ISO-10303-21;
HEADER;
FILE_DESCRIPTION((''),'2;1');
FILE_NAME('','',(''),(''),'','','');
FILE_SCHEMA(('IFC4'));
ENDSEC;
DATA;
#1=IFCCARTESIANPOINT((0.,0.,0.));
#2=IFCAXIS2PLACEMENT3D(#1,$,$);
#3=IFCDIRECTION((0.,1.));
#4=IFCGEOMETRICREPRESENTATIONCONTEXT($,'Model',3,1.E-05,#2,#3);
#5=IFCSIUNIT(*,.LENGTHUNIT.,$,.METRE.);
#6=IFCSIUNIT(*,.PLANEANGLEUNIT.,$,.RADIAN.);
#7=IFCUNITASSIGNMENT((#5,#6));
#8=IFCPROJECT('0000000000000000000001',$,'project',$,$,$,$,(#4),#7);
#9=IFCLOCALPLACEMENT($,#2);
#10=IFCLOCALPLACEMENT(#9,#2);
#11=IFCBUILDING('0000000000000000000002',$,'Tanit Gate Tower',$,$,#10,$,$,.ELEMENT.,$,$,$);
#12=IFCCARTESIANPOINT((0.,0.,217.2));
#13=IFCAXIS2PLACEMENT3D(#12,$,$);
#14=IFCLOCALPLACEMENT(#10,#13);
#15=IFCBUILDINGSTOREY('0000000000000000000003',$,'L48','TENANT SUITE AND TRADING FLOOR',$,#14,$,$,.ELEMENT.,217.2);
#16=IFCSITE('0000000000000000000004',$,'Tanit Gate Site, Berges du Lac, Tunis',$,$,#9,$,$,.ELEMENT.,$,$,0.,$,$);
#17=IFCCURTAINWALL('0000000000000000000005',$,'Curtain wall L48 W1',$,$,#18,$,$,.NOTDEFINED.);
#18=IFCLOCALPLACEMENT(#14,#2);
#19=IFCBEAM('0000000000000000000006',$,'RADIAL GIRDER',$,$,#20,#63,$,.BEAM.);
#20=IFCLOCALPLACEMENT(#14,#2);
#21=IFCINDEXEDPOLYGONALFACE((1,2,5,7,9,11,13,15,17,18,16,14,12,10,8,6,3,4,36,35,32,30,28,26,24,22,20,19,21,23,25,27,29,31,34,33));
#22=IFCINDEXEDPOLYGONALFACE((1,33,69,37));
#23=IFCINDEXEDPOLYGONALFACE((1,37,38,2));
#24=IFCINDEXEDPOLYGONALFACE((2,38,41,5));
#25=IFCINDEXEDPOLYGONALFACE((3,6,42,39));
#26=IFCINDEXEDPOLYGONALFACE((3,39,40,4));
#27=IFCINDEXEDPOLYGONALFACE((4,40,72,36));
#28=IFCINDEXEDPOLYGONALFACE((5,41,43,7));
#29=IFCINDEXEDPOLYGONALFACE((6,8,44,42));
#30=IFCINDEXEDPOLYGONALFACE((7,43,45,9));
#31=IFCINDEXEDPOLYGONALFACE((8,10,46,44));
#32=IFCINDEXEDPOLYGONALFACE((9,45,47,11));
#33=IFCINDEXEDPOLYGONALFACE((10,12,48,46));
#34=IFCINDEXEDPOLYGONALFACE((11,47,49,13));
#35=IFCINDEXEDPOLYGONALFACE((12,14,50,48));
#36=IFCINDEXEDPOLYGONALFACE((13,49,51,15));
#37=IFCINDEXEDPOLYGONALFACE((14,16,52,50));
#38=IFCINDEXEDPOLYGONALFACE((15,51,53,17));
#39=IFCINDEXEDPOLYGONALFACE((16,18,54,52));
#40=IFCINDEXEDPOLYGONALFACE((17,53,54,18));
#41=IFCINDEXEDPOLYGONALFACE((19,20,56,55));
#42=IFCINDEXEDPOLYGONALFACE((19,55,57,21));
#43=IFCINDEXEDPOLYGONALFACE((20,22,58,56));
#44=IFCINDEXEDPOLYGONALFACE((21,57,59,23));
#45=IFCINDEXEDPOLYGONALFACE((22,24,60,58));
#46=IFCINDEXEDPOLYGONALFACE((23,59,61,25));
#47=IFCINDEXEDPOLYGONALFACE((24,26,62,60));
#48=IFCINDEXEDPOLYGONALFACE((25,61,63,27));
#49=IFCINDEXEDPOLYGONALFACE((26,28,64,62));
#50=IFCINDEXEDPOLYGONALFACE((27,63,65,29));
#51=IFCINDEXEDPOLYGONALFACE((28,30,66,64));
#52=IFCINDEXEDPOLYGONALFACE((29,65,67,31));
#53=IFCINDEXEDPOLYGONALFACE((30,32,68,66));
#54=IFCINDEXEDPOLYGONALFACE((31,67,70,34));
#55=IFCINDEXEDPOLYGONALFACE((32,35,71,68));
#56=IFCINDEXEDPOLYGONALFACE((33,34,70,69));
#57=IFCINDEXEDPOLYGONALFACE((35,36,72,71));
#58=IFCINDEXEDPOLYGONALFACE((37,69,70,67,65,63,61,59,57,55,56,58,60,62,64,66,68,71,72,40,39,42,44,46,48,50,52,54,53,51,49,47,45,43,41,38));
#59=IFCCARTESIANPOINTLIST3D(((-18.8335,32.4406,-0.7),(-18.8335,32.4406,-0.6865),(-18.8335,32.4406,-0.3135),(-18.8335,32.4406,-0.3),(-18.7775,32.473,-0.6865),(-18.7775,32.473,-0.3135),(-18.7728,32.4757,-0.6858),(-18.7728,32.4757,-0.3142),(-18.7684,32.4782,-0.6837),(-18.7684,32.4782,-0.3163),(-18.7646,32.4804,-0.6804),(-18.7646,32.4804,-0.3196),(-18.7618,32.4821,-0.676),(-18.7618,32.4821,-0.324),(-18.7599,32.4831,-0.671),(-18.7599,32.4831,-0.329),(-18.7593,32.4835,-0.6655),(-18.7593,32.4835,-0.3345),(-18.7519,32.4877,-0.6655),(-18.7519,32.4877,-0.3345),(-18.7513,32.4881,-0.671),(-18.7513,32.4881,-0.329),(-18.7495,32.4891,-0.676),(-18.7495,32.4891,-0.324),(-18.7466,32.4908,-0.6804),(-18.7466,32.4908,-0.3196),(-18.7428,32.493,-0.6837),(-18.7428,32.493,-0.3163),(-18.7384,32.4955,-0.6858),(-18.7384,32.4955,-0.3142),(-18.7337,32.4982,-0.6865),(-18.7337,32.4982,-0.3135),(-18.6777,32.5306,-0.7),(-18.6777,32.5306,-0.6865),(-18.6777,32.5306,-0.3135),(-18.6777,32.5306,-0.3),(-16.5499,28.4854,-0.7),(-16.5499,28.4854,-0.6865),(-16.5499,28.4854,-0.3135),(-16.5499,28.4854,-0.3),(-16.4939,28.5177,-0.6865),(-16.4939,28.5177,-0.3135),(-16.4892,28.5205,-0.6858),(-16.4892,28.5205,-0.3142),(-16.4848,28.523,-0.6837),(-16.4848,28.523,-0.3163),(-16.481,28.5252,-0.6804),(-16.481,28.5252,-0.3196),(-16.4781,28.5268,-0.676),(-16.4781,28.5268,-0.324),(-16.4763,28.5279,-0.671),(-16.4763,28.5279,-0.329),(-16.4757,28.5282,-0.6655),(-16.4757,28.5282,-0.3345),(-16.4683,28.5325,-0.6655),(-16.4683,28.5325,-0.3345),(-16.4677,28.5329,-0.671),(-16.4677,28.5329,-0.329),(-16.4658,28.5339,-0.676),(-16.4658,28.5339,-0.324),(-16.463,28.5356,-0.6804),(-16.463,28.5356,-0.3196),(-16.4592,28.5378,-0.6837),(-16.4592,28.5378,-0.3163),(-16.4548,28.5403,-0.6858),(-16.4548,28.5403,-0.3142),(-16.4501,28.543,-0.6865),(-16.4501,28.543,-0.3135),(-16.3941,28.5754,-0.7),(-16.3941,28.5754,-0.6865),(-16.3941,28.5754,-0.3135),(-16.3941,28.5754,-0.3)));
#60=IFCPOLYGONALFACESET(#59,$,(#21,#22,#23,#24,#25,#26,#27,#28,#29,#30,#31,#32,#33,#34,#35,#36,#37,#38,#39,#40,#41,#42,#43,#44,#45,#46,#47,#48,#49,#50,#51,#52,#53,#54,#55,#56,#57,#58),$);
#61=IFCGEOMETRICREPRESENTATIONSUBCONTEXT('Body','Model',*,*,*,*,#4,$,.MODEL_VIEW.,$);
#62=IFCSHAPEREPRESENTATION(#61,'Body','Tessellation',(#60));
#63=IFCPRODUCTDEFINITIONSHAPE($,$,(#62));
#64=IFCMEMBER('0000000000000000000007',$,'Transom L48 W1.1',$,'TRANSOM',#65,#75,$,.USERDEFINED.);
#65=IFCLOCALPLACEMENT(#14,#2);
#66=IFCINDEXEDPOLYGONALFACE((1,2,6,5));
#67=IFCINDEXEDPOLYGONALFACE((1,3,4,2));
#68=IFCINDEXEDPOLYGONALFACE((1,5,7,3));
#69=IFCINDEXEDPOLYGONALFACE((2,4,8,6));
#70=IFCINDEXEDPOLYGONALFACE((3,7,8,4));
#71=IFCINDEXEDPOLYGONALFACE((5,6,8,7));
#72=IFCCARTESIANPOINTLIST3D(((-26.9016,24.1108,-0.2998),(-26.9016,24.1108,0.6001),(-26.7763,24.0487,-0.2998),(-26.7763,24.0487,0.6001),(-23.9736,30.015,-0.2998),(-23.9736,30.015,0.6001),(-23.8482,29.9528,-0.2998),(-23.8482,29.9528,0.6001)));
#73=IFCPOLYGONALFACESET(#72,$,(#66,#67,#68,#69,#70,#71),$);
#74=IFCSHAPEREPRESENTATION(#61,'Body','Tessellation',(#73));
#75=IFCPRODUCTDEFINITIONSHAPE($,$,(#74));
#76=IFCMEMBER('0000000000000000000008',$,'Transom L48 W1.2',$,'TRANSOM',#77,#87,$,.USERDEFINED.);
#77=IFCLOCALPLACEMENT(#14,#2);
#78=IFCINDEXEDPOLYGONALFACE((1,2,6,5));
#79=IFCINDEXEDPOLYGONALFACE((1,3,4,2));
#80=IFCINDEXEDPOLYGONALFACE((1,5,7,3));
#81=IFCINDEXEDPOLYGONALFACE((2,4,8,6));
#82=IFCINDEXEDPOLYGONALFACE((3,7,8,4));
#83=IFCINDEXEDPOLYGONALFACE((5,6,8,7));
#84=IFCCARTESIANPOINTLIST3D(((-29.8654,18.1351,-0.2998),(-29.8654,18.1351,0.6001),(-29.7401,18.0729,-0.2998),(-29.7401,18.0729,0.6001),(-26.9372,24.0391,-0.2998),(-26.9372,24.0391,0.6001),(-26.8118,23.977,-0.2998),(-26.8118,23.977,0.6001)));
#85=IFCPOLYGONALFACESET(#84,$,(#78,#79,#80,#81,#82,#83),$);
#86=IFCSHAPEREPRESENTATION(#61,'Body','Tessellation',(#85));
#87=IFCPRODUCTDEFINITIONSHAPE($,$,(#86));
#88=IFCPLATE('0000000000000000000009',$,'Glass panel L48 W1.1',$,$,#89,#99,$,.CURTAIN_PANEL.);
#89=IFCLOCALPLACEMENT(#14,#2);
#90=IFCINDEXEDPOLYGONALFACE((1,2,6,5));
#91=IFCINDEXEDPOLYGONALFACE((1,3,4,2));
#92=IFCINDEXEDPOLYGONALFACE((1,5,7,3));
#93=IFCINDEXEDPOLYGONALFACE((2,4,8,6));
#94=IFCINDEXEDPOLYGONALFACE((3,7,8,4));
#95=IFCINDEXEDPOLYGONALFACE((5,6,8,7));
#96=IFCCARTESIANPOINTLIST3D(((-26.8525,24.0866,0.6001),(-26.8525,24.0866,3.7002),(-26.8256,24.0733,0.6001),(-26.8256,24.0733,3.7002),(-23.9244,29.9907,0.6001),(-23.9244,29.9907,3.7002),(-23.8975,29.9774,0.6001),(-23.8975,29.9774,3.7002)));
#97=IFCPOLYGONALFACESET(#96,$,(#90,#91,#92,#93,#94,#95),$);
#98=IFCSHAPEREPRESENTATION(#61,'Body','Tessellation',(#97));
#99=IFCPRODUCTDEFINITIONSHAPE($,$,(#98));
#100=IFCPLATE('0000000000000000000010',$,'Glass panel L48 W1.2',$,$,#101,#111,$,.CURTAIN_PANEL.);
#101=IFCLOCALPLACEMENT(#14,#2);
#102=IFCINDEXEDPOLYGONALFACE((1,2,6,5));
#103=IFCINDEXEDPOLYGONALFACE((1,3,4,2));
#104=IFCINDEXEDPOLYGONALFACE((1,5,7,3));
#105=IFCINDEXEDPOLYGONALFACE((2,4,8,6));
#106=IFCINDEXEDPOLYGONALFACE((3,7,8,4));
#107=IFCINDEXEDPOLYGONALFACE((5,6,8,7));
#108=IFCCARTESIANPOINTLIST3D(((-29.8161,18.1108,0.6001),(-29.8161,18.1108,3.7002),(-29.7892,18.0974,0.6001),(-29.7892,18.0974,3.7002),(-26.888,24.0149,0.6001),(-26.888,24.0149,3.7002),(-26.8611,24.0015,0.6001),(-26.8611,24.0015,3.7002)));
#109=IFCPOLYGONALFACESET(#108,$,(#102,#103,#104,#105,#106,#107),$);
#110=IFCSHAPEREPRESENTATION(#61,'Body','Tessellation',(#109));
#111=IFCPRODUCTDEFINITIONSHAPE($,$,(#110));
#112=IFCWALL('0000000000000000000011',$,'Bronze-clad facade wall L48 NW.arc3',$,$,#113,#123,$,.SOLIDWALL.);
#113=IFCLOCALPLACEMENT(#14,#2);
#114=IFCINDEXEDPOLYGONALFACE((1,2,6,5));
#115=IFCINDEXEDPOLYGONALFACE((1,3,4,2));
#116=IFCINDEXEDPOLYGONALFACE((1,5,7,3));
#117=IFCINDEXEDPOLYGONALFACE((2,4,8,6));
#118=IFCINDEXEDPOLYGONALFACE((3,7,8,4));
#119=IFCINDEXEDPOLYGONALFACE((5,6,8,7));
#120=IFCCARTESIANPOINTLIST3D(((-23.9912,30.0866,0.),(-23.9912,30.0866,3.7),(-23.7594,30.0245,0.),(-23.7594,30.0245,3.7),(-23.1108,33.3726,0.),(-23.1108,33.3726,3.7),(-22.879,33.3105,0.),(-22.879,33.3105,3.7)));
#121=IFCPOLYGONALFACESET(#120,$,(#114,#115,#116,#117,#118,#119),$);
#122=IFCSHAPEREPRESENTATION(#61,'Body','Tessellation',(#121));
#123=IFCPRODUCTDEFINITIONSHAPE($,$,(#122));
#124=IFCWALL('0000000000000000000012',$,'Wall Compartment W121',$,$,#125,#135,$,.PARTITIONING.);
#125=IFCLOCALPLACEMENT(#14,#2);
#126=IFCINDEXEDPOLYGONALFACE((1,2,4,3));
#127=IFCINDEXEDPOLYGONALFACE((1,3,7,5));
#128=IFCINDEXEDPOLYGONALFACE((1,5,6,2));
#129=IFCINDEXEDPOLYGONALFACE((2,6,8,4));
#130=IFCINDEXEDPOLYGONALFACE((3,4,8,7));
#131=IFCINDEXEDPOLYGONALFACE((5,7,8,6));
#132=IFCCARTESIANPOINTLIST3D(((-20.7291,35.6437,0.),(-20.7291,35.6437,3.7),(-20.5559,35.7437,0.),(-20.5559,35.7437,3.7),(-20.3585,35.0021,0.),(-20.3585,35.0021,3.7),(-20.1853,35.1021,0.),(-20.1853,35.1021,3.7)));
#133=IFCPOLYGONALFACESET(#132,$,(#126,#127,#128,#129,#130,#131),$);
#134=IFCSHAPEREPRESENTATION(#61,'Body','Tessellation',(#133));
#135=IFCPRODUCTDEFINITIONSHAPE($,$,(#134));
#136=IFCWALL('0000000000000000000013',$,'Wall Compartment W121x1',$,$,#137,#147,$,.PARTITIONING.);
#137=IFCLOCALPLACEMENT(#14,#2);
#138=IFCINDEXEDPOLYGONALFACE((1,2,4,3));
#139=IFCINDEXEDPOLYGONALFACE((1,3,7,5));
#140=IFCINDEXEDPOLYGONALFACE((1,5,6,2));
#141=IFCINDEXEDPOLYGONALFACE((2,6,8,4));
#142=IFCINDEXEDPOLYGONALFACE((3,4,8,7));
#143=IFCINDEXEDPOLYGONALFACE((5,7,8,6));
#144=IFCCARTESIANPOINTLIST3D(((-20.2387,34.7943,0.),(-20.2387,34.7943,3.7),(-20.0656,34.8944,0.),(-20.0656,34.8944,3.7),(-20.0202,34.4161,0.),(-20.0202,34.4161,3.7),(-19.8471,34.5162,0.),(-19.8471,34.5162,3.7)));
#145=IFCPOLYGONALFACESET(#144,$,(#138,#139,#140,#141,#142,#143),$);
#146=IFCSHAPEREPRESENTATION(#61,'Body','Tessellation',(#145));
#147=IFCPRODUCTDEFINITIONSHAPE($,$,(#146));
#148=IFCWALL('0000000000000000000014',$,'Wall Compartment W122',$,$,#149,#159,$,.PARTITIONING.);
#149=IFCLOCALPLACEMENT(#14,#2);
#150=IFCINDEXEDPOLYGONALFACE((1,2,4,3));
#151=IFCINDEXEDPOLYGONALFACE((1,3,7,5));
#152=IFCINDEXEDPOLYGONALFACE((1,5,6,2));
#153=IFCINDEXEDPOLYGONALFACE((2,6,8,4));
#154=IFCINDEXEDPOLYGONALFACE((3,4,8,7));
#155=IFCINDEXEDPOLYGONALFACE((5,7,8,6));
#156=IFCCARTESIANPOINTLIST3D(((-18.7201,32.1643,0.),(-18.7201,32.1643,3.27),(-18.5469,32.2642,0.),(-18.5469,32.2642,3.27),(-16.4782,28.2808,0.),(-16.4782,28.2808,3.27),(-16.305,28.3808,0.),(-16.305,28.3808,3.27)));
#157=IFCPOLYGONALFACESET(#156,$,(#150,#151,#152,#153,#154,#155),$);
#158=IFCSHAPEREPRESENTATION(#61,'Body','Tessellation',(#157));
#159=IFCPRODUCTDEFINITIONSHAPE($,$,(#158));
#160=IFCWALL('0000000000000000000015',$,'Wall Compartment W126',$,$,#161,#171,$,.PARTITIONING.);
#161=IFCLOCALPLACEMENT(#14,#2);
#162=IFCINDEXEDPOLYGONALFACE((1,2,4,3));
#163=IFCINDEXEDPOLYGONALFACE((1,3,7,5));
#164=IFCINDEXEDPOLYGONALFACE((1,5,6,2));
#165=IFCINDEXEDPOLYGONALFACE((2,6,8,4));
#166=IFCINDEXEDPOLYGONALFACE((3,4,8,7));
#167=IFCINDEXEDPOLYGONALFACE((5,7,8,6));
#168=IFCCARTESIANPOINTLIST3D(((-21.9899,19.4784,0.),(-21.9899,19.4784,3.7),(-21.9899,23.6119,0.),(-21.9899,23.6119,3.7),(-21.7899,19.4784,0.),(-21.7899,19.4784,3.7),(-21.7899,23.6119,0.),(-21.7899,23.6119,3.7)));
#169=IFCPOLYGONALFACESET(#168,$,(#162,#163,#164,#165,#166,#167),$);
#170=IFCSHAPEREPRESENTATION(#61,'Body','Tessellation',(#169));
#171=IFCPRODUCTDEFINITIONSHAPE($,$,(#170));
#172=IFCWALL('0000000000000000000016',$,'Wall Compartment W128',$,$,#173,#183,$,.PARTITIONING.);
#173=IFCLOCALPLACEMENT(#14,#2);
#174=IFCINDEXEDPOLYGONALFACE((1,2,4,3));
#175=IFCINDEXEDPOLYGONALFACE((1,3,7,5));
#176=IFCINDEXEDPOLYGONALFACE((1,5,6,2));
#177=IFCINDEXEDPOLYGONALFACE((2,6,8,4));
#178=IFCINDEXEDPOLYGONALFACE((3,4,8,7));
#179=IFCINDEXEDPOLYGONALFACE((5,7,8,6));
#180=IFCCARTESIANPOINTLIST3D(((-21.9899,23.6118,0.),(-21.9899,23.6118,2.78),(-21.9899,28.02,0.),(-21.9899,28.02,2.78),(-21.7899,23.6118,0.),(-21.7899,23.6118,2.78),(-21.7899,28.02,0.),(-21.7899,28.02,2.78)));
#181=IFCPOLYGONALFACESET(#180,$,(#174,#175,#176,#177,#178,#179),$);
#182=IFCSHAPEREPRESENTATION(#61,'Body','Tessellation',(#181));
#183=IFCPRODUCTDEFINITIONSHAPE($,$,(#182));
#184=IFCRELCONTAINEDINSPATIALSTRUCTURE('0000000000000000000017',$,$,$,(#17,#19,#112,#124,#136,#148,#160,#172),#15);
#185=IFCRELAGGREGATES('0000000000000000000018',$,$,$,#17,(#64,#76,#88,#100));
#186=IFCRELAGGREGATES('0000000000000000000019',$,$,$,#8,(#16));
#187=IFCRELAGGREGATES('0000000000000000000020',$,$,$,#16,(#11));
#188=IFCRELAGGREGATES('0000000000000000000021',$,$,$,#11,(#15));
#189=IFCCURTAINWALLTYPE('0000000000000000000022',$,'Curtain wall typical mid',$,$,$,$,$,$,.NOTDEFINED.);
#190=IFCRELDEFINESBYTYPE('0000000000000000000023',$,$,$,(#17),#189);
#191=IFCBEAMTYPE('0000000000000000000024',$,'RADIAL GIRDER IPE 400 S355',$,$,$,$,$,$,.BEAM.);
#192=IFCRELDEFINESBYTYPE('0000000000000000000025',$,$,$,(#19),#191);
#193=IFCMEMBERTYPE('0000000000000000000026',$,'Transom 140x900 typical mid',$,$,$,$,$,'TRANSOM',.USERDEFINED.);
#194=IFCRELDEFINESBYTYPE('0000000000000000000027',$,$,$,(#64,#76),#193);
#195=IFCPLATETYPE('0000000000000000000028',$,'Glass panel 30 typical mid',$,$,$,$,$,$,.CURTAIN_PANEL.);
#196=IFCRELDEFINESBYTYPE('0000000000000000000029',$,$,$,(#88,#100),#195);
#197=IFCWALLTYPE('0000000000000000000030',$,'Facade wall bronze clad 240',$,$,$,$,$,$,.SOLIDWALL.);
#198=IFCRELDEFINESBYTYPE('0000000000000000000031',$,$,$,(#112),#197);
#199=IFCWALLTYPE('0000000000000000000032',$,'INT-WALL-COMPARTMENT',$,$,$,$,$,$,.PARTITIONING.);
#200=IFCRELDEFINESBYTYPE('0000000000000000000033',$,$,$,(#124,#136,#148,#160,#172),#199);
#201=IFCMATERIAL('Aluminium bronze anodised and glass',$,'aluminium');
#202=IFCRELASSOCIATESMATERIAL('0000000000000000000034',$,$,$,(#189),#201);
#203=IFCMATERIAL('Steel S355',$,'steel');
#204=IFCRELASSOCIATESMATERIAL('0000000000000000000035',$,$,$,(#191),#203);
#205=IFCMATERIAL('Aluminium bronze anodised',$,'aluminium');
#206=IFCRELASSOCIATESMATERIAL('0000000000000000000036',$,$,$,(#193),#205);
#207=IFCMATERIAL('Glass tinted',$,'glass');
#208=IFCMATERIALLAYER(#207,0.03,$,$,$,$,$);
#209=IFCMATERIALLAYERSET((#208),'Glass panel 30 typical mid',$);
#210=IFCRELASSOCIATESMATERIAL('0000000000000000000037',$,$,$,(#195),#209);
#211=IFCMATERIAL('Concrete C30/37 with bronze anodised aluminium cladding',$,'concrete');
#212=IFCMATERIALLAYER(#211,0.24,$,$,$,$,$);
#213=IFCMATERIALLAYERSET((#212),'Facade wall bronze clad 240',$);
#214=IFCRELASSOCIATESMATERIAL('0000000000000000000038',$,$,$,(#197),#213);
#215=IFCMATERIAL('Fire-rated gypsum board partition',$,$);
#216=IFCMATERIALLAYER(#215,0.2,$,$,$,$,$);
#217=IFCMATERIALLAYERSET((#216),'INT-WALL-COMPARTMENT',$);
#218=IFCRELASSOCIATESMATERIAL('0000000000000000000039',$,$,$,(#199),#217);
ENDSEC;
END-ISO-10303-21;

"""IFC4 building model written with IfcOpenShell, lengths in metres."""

from ifc_helpers import new_model, si_unit, direction, frame, frame_2d, origin, origin_2d, place, context, subcontext, project, spatial, rectangle, i_section, extrude, material, layer, layer_set, material_profile, profile_set, type_object, element, aggregate, save


model = new_model("IFC4")

# Units and contexts
model_context = context("Model", 3, precision=1e-05, world=origin(), true_north=direction((0.0, 1.0)))
body_context = subcontext(model_context, "Body", "Model", "MODEL_VIEW")
ifc_project = project(units=[si_unit("LENGTHUNIT", "METRE"), si_unit("PLANEANGLEUNIT", "RADIAN")], contexts=[model_context])

# Site, building, storey
site_placement = place(None, origin())
site = spatial("IfcSite", under=ifc_project, at=site_placement, Name="Tanit Gate Site, Berges du Lac, Tunis", CompositionType="ELEMENT", RefElevation=0.0)
building_placement = place(site_placement, origin())
building = spatial("IfcBuilding", under=site, at=building_placement, Name="Tanit Gate Tower", CompositionType="ELEMENT")
storey_placement = place(building_placement, frame((0.0, 0.0, 217.2)))
storey = spatial("IfcBuildingStorey", under=building, at=storey_placement, Name="L48", Description="TENANT SUITE AND TRADING FLOOR", CompositionType="ELEMENT", Elevation=217.2)

# Curtain wall
ifc_material_1 = material(Name="Aluminium bronze anodised and glass", Category="aluminium")
curtain_wall_type = type_object("IfcCurtainWallType", Name="Curtain wall typical mid", PredefinedType="NOTDEFINED", material=ifc_material_1)
curtain_wall_placement = place(storey_placement, origin())
curtain_wall = element("IfcCurtainWall", 1, at=curtain_wall_placement, inside=storey, type_object=curtain_wall_type, Name="Curtain wall L48 W1", PredefinedType="NOTDEFINED")

# Beam
ifc_material_2 = material(Name="Steel S355", Category="steel")
ifc_material_profile_1 = material_profile(ifc_material_2, i_section(OverallWidth=0.1799, OverallDepth=0.3999, WebThickness=0.0085, FlangeThickness=0.0134, FilletRadius=0.021, at=origin_2d()), Name="IPE 400")
ifc_profile_set_1 = profile_set([ifc_material_profile_1], Name="Steel S355")
beam_type_1 = type_object("IfcBeamType", Name="RADIAL GIRDER IPE 400 S355", PredefinedType="BEAM", material=ifc_profile_set_1)
beam_1_placement = place(storey_placement, frame((-18.7556, 32.4856, -0.5), z_axis=(0.500014, -0.866017, 0.0), x_axis=(0.866017, 0.500014, 0.0)))
element("IfcBeam", 2, at=beam_1_placement, inside=storey, type_object=beam_type_1, Name="RADIAL GIRDER", PredefinedType="BEAM", context=body_context, shape_type="SweptSolid", body=[
    extrude(i_section(OverallWidth=0.1799, OverallDepth=0.3999, WebThickness=0.0085, FlangeThickness=0.0134, FilletRadius=0.021, at=origin_2d()), origin(), (0.0, 0.0, 1.0), 4.5671),
])

# Members
ifc_material_3 = material(Name="Aluminium bronze anodised", Category="aluminium")
ifc_material_profile_2 = material_profile(ifc_material_3, rectangle(XDim=0.1399, YDim=0.8999, at=origin_2d()), Name="140x900 bronze transom")
ifc_profile_set_2 = profile_set([ifc_material_profile_2], Name="Aluminium bronze anodised")
member_type_1 = type_object("IfcMemberType", Name="Transom 140x900 typical mid", ElementType="TRANSOM", PredefinedType="USERDEFINED", material=ifc_profile_set_2)
member_1_placement = place(storey_placement, frame((-23.9109, 29.9839, 0.1501), z_axis=(-0.444292, -0.895882, 0.0), x_axis=(0.895882, -0.444292, 0.0)))
member_1 = element("IfcMember", 3, at=member_1_placement, type_object=member_type_1, Name="Transom L48 W1.1", ObjectType="TRANSOM", PredefinedType="USERDEFINED", context=body_context, shape_type="SweptSolid", body=[
    extrude(rectangle(XDim=0.1399, YDim=0.8999, at=origin_2d()), origin(), (0.0, 0.0, 1.0), 6.5903),
])
member_2_placement = place(storey_placement, frame((-26.8745, 24.0081, 0.1501), z_axis=(-0.444322, -0.895867, 0.0), x_axis=(0.895867, -0.444322, 0.0)))
member_2 = element("IfcMember", 4, at=member_2_placement, type_object=member_type_1, Name="Transom L48 W1.2", ObjectType="TRANSOM", PredefinedType="USERDEFINED", context=body_context, shape_type="SweptSolid", body=[
    extrude(rectangle(XDim=0.1399, YDim=0.8999, at=origin_2d()), origin(), (0.0, 0.0, 1.0), 6.5903),
])

# Plates
ifc_material_4 = material(Name="Glass tinted", Category="glass")
ifc_layer_1 = layer(ifc_material_4, 0.03)
ifc_layer_set_1 = layer_set([ifc_layer_1], Name="Glass panel 30 typical mid")
plate_type = type_object("IfcPlateType", Name="Glass panel 30 typical mid", PredefinedType="CURTAIN_PANEL", material=ifc_layer_set_1)
plate_1_placement = place(storey_placement, frame((-25.375, 27.032, 0.6001), z_axis=(0.0, 0.0, 1.0), x_axis=(-0.444304, -0.895876, 0.0)))
plate_1 = element("IfcPlate", 5, at=plate_1_placement, type_object=plate_type, Name="Glass panel L48 W1.1", PredefinedType="CURTAIN_PANEL", context=body_context, shape_type="SweptSolid", body=[
    extrude(rectangle(XDim=6.5903, YDim=0.03, at=origin_2d()), origin(), (0.0, 0.0, 1.0), 3.1001),
])
plate_2_placement = place(storey_placement, frame((-28.3386, 21.0562, 0.6001), z_axis=(0.0, 0.0, 1.0), x_axis=(-0.444304, -0.895876, 0.0)))
plate_2 = element("IfcPlate", 6, at=plate_2_placement, type_object=plate_type, Name="Glass panel L48 W1.2", PredefinedType="CURTAIN_PANEL", context=body_context, shape_type="SweptSolid", body=[
    extrude(rectangle(XDim=6.5903, YDim=0.03, at=origin_2d()), origin(), (0.0, 0.0, 1.0), 3.1001),
])
aggregate(curtain_wall, [member_1, member_2, plate_1, plate_2])

# Walls
ifc_material_5 = material(Name="Concrete C30/37 with bronze anodised aluminium cladding", Category="concrete")
ifc_layer_2 = layer(ifc_material_5, 0.24)
ifc_layer_set_2 = layer_set([ifc_layer_2], Name="Facade wall bronze clad 240")
wall_type_1 = type_object("IfcWallType", Name="Facade wall bronze clad 240", PredefinedType="SOLIDWALL", material=ifc_layer_set_2)
wall_1_placement = place(storey_placement, frame((-22.9949, 33.3416, 0.0), z_axis=(0.0, 0.0, 1.0), x_axis=(-0.258797, -0.965932, 0.0)))
element("IfcWall", 7, at=wall_1_placement, inside=storey, type_object=wall_type_1, Name="Bronze-clad facade wall L48 NW.arc3", PredefinedType="SOLIDWALL", context=body_context, shape_type="SweptSolid", body=[
    extrude(rectangle(XDim=3.4019, YDim=0.24, at=frame_2d((1.7009, 0.0))), origin(), (0.0, 0.0, 1.0), 3.7),
])
ifc_material_6 = material(Name="Fire-rated gypsum board partition")
ifc_layer_3 = layer(ifc_material_6, 0.2)
ifc_layer_set_3 = layer_set([ifc_layer_3], Name="INT-WALL-COMPARTMENT")
wall_type_2 = type_object("IfcWallType", Name="INT-WALL-COMPARTMENT", PredefinedType="PARTITIONING", material=ifc_layer_set_3)
wall_2_placement = place(storey_placement, frame((-20.6426, 35.6938, 0.0), z_axis=(0.0, 0.0, 1.0), x_axis=(0.500179, -0.865922, 0.0)))
element("IfcWall", 8, at=wall_2_placement, inside=storey, type_object=wall_type_2, Name="Wall Compartment W121", PredefinedType="PARTITIONING", context=body_context, shape_type="SweptSolid", body=[
    extrude(rectangle(XDim=0.741, YDim=0.2, at=frame_2d((0.3706, 0.0))), origin(), (0.0, 0.0, 1.0), 3.7),
])
wall_3_placement = place(storey_placement, frame((-20.1521, 34.8442, 0.0), z_axis=(0.0, 0.0, 1.0), x_axis=(0.500287, -0.86586, 0.0)))
element("IfcWall", 9, at=wall_3_placement, inside=storey, type_object=wall_type_2, Name="Wall Compartment W121x1", PredefinedType="PARTITIONING", context=body_context, shape_type="SweptSolid", body=[
    extrude(rectangle(XDim=0.4368, YDim=0.2, at=frame_2d((0.2183, 0.0))), origin(), (0.0, 0.0, 1.0), 3.7),
])
wall_4_placement = place(storey_placement, frame((-18.6335, 32.2144, 0.0), z_axis=(0.0, 0.0, 1.0), x_axis=(0.499963, -0.866047, 0.0)))
element("IfcWall", 10, at=wall_4_placement, inside=storey, type_object=wall_type_2, Name="Wall Compartment W122", PredefinedType="PARTITIONING", context=body_context, shape_type="SweptSolid", body=[
    extrude(rectangle(XDim=4.4841, YDim=0.2, at=frame_2d((2.2422, 0.0))), origin(), (0.0, 0.0, 1.0), 3.27),
])
wall_5_placement = place(storey_placement, frame((-21.8899, 19.4783, 0.0), z_axis=(0.0, 0.0, 1.0), x_axis=(0.0, 1.0, 0.0)))
element("IfcWall", 11, at=wall_5_placement, inside=storey, type_object=wall_type_2, Name="Wall Compartment W126", PredefinedType="PARTITIONING", context=body_context, shape_type="SweptSolid", body=[
    extrude(rectangle(XDim=4.1335, YDim=0.2, at=frame_2d((2.0669, 0.0))), origin(), (0.0, 0.0, 1.0), 3.7),
])
wall_6_placement = place(storey_placement, frame((-21.8899, 23.6118, 0.0), z_axis=(0.0, 0.0, 1.0), x_axis=(0.0, 1.0, 0.0)))
element("IfcWall", 12, at=wall_6_placement, inside=storey, type_object=wall_type_2, Name="Wall Compartment W128", PredefinedType="PARTITIONING", context=body_context, shape_type="SweptSolid", body=[
    extrude(rectangle(XDim=4.4082, YDim=0.2, at=frame_2d((2.2041, 0.0))), origin(), (0.0, 0.0, 1.0), 2.78),
])

save(model, "model.ifc")
